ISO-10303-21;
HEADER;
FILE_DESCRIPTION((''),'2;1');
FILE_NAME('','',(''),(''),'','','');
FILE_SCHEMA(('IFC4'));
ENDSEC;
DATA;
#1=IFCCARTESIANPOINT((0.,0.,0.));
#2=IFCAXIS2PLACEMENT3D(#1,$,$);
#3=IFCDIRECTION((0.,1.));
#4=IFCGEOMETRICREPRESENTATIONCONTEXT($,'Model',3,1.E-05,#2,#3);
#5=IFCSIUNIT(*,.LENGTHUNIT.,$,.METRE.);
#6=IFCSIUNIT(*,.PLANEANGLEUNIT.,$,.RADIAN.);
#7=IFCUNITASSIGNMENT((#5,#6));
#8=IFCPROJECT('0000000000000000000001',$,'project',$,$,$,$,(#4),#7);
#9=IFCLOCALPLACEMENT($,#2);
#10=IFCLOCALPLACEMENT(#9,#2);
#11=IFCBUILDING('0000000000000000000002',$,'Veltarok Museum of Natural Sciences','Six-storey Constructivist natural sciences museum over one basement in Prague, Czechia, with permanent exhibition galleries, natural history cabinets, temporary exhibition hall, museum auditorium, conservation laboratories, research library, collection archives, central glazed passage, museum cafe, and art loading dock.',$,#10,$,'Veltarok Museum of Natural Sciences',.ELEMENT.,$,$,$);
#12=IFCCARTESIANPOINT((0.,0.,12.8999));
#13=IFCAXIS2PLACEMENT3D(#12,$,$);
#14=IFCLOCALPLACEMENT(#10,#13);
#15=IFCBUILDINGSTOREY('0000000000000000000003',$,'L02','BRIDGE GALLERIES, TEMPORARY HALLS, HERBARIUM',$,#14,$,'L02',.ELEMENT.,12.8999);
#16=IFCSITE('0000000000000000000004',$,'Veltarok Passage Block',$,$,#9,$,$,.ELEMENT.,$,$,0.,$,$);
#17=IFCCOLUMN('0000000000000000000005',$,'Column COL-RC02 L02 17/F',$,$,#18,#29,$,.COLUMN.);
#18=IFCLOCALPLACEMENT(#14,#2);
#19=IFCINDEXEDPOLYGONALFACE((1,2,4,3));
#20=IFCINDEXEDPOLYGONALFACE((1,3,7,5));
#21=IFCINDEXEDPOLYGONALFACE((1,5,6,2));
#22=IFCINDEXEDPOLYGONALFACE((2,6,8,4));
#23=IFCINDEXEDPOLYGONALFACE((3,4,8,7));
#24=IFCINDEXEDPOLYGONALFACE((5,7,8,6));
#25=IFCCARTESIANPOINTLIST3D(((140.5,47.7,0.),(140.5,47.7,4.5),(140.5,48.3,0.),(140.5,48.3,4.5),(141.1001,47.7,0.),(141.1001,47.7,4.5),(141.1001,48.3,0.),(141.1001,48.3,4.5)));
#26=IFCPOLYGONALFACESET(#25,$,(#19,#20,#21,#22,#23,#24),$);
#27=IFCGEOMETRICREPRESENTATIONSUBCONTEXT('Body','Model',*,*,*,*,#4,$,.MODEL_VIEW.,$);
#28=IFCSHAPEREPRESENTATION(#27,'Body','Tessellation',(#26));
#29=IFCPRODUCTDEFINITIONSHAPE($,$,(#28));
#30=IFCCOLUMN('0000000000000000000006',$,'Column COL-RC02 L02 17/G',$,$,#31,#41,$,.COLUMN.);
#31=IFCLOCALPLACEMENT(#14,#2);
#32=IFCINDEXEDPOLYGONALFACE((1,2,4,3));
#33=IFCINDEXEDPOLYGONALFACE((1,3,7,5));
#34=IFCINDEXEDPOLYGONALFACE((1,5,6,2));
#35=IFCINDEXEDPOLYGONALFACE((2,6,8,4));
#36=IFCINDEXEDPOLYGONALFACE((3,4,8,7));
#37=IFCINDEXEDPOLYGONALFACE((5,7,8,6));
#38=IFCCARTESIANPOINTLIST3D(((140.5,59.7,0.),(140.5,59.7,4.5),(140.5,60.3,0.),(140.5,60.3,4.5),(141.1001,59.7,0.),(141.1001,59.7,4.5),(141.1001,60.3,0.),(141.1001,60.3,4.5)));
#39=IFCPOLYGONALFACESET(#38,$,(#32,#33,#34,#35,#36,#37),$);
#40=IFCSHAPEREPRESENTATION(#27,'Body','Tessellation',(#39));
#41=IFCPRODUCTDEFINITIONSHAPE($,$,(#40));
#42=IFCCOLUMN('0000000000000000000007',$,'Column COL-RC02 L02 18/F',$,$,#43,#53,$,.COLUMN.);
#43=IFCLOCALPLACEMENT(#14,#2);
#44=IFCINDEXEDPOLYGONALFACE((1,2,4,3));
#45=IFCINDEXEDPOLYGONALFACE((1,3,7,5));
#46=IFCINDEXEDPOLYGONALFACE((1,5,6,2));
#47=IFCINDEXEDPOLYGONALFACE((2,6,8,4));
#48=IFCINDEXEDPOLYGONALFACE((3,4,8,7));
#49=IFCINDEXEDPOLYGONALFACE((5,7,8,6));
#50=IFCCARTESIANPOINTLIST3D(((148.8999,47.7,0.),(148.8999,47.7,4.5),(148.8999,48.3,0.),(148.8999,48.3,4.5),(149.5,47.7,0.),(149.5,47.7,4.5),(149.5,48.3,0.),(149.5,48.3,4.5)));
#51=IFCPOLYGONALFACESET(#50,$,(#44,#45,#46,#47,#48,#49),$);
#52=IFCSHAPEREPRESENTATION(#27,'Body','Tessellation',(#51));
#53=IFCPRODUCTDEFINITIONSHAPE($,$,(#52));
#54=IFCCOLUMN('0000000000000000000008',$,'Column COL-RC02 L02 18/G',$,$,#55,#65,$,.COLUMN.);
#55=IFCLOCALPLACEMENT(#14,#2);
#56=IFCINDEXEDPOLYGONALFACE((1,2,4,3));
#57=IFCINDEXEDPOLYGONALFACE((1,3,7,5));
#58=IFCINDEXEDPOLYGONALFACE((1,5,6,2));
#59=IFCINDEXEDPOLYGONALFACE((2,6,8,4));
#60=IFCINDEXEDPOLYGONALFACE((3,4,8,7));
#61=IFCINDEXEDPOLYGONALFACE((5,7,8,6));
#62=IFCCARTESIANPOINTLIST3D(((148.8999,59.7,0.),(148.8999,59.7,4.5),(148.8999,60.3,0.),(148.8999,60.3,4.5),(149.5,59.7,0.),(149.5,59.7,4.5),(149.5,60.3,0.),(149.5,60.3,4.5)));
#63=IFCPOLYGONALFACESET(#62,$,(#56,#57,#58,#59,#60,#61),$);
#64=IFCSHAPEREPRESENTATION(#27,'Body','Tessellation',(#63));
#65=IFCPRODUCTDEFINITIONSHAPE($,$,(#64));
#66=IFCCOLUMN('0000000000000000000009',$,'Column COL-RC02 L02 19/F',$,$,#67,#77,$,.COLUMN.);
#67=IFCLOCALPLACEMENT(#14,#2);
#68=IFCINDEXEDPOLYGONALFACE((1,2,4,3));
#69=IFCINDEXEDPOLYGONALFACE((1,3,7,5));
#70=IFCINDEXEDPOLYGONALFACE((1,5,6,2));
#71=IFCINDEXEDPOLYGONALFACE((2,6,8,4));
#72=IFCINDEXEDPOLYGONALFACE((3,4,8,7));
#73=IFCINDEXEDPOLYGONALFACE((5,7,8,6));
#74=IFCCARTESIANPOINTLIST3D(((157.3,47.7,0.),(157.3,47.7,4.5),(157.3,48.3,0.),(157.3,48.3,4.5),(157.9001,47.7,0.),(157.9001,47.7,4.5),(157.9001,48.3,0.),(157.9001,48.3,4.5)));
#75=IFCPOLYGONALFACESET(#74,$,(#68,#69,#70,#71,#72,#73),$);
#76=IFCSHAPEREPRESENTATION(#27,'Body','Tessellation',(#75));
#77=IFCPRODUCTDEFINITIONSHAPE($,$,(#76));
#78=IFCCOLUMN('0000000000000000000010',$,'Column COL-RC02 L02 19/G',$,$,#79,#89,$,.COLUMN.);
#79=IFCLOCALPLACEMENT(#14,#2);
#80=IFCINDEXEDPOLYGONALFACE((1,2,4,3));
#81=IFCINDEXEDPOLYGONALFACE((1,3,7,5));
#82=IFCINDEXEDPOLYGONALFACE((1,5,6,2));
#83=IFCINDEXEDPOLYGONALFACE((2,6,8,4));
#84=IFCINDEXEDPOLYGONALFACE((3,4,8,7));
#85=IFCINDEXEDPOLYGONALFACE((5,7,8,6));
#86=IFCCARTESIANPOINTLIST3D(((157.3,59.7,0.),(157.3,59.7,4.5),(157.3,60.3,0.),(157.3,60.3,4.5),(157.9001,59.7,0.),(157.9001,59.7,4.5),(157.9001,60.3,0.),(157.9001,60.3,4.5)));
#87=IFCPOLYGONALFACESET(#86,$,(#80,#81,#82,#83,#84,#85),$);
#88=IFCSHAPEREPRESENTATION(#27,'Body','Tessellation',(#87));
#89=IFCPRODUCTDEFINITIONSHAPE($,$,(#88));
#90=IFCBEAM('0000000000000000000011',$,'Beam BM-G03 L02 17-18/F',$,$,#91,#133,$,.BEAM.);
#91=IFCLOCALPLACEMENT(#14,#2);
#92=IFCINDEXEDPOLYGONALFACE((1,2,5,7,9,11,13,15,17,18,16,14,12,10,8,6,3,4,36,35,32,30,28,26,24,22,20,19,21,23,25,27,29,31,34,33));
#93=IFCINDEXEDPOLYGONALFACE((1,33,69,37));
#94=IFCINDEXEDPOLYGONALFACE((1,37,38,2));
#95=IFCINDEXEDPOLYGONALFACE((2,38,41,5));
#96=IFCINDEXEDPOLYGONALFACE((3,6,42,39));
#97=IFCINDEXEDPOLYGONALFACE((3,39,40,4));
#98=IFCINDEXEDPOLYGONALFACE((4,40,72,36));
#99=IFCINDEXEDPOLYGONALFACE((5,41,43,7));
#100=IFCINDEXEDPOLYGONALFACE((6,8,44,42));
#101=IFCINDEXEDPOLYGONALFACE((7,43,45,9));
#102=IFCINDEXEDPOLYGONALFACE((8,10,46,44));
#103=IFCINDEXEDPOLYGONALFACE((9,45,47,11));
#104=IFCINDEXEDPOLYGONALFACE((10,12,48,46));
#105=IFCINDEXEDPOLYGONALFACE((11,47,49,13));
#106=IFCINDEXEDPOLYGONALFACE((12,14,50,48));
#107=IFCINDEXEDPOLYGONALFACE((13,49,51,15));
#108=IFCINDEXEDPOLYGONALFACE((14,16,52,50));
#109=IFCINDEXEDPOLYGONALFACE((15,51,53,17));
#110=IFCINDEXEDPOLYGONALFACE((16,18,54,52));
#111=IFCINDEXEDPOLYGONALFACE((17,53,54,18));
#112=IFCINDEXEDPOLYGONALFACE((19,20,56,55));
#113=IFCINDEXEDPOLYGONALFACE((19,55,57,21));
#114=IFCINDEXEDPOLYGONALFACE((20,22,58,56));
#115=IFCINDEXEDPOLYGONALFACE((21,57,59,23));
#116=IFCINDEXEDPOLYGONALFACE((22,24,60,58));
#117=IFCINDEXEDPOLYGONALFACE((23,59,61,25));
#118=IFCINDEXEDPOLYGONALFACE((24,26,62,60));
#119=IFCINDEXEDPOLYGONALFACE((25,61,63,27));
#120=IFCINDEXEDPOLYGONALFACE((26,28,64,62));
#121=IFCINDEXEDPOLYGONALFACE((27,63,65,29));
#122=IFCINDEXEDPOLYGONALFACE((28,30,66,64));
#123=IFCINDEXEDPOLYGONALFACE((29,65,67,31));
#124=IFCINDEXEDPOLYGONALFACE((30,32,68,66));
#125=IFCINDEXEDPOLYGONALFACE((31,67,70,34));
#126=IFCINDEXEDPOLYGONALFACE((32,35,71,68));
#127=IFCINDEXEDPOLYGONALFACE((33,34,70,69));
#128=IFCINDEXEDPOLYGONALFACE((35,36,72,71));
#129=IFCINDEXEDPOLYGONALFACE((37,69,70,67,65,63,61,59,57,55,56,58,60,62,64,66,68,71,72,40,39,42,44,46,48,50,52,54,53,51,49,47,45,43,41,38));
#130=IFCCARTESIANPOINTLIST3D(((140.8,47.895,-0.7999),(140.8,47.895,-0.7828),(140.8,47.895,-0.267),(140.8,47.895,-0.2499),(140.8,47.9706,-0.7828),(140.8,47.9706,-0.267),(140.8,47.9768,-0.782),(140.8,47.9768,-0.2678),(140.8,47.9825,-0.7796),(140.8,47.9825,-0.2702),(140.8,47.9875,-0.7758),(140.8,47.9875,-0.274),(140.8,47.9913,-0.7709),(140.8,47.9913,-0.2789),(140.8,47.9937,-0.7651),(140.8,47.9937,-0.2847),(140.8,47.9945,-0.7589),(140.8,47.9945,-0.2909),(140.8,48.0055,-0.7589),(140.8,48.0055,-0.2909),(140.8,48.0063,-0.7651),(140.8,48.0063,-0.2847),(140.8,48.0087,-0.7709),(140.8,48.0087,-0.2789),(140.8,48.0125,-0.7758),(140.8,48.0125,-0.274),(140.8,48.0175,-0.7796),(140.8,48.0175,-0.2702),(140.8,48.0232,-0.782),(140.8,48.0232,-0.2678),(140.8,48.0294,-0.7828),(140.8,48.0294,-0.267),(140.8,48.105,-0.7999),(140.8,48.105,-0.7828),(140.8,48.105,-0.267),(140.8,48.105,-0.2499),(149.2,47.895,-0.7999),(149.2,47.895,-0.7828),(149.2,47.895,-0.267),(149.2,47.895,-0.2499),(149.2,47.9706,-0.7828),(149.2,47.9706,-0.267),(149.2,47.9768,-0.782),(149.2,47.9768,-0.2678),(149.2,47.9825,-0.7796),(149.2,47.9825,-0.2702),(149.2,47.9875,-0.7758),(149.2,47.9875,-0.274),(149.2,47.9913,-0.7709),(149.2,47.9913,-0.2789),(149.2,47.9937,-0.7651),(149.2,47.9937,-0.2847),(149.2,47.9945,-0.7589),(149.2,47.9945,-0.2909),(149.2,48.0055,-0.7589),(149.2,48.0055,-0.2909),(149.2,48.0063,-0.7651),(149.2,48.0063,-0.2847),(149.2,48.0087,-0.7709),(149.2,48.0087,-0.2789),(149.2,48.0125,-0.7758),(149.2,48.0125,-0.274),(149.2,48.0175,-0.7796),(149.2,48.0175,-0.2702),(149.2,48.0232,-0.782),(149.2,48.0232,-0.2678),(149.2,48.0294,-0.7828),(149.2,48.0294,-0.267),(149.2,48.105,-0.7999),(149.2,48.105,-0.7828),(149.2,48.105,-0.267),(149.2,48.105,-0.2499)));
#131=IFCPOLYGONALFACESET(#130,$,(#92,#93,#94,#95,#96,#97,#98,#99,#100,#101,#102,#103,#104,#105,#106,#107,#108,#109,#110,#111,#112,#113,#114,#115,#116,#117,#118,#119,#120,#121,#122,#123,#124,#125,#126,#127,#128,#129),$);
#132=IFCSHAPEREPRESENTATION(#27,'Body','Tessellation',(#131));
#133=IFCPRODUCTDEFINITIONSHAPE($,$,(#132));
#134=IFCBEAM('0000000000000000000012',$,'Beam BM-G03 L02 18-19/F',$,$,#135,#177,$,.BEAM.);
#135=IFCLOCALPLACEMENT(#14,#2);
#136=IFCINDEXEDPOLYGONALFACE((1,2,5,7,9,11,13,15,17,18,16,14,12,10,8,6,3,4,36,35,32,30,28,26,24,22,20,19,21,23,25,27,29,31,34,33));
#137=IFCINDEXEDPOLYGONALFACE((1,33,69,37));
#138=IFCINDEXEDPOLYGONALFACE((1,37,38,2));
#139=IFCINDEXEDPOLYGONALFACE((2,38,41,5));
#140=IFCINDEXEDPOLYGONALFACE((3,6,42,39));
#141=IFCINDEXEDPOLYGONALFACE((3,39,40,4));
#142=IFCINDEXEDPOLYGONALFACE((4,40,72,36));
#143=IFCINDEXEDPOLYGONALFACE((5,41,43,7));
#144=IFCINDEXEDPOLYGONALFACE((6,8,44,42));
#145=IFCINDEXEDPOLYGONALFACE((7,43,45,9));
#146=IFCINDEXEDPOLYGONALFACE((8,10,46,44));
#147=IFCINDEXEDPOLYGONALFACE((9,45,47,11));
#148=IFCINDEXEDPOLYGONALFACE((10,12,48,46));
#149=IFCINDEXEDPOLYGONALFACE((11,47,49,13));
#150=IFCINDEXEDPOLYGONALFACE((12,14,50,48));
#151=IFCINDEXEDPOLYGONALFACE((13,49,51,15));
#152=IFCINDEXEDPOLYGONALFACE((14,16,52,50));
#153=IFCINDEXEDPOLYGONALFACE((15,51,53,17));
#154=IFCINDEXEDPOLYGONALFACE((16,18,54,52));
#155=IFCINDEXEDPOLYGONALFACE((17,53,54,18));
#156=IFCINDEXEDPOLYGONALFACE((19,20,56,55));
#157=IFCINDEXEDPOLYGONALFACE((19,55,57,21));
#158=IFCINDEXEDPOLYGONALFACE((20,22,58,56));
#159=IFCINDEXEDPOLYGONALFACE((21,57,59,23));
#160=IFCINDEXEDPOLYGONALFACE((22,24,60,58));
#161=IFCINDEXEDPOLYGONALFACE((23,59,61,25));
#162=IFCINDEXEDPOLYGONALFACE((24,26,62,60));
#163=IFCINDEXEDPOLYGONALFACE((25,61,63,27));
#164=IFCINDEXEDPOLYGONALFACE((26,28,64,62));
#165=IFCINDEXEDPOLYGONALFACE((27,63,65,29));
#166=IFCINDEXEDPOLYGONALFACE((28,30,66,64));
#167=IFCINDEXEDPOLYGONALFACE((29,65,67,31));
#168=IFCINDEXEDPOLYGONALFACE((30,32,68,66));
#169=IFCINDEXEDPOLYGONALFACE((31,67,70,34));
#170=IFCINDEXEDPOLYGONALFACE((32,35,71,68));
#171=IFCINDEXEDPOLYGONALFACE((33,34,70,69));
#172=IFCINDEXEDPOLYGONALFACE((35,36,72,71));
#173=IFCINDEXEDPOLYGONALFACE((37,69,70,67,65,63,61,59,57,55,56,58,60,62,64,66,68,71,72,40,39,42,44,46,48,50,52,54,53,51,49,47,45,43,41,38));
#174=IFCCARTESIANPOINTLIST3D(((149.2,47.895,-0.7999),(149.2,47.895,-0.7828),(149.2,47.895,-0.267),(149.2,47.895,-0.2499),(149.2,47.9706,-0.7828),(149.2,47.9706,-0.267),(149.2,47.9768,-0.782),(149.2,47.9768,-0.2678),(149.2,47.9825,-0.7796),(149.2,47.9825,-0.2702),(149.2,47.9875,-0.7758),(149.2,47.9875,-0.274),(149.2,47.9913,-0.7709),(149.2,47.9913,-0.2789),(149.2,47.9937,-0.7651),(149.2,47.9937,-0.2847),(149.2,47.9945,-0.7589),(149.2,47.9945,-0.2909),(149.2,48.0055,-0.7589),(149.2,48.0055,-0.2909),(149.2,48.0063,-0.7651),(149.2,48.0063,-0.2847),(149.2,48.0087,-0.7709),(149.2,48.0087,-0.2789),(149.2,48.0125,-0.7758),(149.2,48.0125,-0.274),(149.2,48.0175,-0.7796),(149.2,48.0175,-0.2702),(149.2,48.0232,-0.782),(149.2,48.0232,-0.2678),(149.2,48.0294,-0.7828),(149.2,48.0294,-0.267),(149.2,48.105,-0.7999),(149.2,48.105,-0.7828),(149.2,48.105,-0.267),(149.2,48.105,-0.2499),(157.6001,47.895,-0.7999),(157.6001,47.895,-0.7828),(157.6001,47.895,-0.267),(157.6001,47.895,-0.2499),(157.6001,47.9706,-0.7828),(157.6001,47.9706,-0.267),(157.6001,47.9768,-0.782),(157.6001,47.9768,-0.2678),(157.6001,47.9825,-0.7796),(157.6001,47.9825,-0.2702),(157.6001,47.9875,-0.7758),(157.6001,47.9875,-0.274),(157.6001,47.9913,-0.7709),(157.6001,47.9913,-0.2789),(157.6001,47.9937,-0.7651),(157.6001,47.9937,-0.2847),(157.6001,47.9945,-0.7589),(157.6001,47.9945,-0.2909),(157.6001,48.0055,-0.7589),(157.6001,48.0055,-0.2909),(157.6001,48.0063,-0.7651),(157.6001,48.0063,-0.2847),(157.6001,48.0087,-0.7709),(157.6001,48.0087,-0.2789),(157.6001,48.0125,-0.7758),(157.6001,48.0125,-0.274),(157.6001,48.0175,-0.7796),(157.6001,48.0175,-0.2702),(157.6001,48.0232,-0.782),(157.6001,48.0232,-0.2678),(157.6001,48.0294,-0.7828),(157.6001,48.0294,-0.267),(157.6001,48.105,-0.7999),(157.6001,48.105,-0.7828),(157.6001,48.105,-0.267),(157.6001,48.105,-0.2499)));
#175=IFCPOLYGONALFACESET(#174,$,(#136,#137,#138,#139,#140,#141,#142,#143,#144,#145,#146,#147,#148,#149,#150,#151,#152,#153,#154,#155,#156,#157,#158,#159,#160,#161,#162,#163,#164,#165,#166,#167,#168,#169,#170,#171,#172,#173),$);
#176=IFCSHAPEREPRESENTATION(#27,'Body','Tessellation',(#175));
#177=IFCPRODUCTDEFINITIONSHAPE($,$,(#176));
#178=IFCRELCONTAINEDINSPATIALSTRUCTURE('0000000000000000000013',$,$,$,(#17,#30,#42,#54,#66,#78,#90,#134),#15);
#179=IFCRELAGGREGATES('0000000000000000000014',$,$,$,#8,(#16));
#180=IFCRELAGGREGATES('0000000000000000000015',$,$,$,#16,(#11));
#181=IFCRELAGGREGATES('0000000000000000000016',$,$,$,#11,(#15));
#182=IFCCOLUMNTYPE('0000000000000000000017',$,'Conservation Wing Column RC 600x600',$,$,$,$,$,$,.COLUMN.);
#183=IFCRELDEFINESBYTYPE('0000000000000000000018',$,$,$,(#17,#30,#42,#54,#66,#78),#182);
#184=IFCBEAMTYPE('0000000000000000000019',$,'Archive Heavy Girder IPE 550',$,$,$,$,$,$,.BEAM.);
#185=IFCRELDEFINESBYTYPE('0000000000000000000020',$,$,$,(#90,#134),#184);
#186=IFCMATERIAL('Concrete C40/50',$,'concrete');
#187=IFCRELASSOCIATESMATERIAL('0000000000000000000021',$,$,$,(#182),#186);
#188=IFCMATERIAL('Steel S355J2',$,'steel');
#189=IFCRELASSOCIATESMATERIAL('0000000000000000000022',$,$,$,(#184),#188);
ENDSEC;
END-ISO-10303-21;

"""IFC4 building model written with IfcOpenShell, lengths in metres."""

from ifc_helpers import new_model, si_unit, direction, frame, origin, origin_2d, place, context, subcontext, project, spatial, rectangle, i_section, extrude, material, material_profile, profile_set, type_object, element, save


model = new_model("IFC4")

# Units and contexts
model_context = context("Model", 3, precision=1e-05, world=origin(), true_north=direction((0.0, 1.0)))
body_context = subcontext(model_context, "Body", "Model", "MODEL_VIEW")
ifc_project = project(units=[si_unit("LENGTHUNIT", "METRE"), si_unit("PLANEANGLEUNIT", "RADIAN")], contexts=[model_context])

# Site, building, storey
site_placement = place(None, origin())
site = spatial("IfcSite", under=ifc_project, at=site_placement, Name="Veltarok Passage Block", CompositionType="ELEMENT", RefElevation=0.0)
building_placement = place(site_placement, origin())
building = spatial("IfcBuilding", under=site, at=building_placement, Name="Veltarok Museum of Natural Sciences", Description="Six-storey Constructivist natural sciences museum over one basement in Prague, Czechia, with permanent exhibition galleries, natural history cabinets, temporary exhibition hall, museum auditorium, conservation laboratories, research library, collection archives, central glazed passage, museum cafe, and art loading dock.", LongName="Veltarok Museum of Natural Sciences", CompositionType="ELEMENT")
storey_placement = place(building_placement, frame((0.0, 0.0, 12.8999)))
storey = spatial("IfcBuildingStorey", under=building, at=storey_placement, Name="L02", Description="BRIDGE GALLERIES, TEMPORARY HALLS, HERBARIUM", LongName="L02", CompositionType="ELEMENT", Elevation=12.8999)

# Columns
ifc_material_1 = material(Name="Concrete C40/50", Category="concrete")
ifc_material_profile_1 = material_profile(ifc_material_1, rectangle(XDim=0.6001, YDim=0.6001, at=origin_2d()), Name="RC 600x600")
ifc_profile_set_1 = profile_set([ifc_material_profile_1], Name="Concrete C40/50")
column_type = type_object("IfcColumnType", Name="Conservation Wing Column RC 600x600", PredefinedType="COLUMN", material=ifc_profile_set_1)
for number, where, z_axis, x_axis, name in (
    (1, (140.8, 48.0, 0.0), (0.0, 0.0, 1.0), (1.0, 0.0, 0.0), "Column COL-RC02 L02 17/F"),
    (2, (140.8, 60.0, 0.0), (0.0, 0.0, 1.0), (1.0, 0.0, 0.0), "Column COL-RC02 L02 17/G"),
    (3, (149.2, 48.0, 0.0), (0.0, 0.0, 1.0), (1.0, 0.0, 0.0), "Column COL-RC02 L02 18/F"),
    (4, (149.2, 60.0, 0.0), (0.0, 0.0, 1.0), (1.0, 0.0, 0.0), "Column COL-RC02 L02 18/G"),
    (5, (157.6001, 48.0, 0.0), (0.0, 0.0, 1.0), (1.0, 0.0, 0.0), "Column COL-RC02 L02 19/F"),
    (6, (157.6001, 60.0, 0.0), (0.0, 0.0, 1.0), (1.0, 0.0, 0.0), "Column COL-RC02 L02 19/G"),
):
    element("IfcColumn", number, at=place(storey_placement, frame(where, z_axis=z_axis, x_axis=x_axis)), inside=storey, type_object=column_type, Name=name, PredefinedType="COLUMN", context=body_context, shape_type="SweptSolid", body=[
        extrude(rectangle(XDim=0.6001, YDim=0.6001, at=origin_2d()), origin(), (0.0, 0.0, 1.0), 4.5),
    ])

# Beams
ifc_material_2 = material(Name="Steel S355J2", Category="steel")
ifc_material_profile_2 = material_profile(ifc_material_2, i_section(OverallWidth=0.21, OverallDepth=0.55, WebThickness=0.011, FlangeThickness=0.0171, FilletRadius=0.0239, at=origin_2d()), Name="IPE 550")
ifc_profile_set_2 = profile_set([ifc_material_profile_2], Name="Steel S355J2")
beam_type_1 = type_object("IfcBeamType", Name="Archive Heavy Girder IPE 550", PredefinedType="BEAM", material=ifc_profile_set_2)
beam_1_placement = place(storey_placement, frame((140.8, 48.0, -0.5249), z_axis=(1.0, 0.0, 0.0), x_axis=(0.0, 1.0, 0.0)))
element("IfcBeam", 7, at=beam_1_placement, inside=storey, type_object=beam_type_1, Name="Beam BM-G03 L02 17-18/F", PredefinedType="BEAM", context=body_context, shape_type="SweptSolid", body=[
    extrude(i_section(OverallWidth=0.21, OverallDepth=0.55, WebThickness=0.011, FlangeThickness=0.0171, FilletRadius=0.0239, at=origin_2d()), origin(), (0.0, 0.0, 1.0), 8.3999),
])
beam_2_placement = place(storey_placement, frame((149.2, 48.0, -0.5249), z_axis=(1.0, 0.0, 0.0), x_axis=(0.0, 1.0, 0.0)))
element("IfcBeam", 8, at=beam_2_placement, inside=storey, type_object=beam_type_1, Name="Beam BM-G03 L02 18-19/F", PredefinedType="BEAM", context=body_context, shape_type="SweptSolid", body=[
    extrude(i_section(OverallWidth=0.21, OverallDepth=0.55, WebThickness=0.011, FlangeThickness=0.0171, FilletRadius=0.0239, at=origin_2d()), origin(), (0.0, 0.0, 1.0), 8.4001),
])

save(model, "model.ifc")
